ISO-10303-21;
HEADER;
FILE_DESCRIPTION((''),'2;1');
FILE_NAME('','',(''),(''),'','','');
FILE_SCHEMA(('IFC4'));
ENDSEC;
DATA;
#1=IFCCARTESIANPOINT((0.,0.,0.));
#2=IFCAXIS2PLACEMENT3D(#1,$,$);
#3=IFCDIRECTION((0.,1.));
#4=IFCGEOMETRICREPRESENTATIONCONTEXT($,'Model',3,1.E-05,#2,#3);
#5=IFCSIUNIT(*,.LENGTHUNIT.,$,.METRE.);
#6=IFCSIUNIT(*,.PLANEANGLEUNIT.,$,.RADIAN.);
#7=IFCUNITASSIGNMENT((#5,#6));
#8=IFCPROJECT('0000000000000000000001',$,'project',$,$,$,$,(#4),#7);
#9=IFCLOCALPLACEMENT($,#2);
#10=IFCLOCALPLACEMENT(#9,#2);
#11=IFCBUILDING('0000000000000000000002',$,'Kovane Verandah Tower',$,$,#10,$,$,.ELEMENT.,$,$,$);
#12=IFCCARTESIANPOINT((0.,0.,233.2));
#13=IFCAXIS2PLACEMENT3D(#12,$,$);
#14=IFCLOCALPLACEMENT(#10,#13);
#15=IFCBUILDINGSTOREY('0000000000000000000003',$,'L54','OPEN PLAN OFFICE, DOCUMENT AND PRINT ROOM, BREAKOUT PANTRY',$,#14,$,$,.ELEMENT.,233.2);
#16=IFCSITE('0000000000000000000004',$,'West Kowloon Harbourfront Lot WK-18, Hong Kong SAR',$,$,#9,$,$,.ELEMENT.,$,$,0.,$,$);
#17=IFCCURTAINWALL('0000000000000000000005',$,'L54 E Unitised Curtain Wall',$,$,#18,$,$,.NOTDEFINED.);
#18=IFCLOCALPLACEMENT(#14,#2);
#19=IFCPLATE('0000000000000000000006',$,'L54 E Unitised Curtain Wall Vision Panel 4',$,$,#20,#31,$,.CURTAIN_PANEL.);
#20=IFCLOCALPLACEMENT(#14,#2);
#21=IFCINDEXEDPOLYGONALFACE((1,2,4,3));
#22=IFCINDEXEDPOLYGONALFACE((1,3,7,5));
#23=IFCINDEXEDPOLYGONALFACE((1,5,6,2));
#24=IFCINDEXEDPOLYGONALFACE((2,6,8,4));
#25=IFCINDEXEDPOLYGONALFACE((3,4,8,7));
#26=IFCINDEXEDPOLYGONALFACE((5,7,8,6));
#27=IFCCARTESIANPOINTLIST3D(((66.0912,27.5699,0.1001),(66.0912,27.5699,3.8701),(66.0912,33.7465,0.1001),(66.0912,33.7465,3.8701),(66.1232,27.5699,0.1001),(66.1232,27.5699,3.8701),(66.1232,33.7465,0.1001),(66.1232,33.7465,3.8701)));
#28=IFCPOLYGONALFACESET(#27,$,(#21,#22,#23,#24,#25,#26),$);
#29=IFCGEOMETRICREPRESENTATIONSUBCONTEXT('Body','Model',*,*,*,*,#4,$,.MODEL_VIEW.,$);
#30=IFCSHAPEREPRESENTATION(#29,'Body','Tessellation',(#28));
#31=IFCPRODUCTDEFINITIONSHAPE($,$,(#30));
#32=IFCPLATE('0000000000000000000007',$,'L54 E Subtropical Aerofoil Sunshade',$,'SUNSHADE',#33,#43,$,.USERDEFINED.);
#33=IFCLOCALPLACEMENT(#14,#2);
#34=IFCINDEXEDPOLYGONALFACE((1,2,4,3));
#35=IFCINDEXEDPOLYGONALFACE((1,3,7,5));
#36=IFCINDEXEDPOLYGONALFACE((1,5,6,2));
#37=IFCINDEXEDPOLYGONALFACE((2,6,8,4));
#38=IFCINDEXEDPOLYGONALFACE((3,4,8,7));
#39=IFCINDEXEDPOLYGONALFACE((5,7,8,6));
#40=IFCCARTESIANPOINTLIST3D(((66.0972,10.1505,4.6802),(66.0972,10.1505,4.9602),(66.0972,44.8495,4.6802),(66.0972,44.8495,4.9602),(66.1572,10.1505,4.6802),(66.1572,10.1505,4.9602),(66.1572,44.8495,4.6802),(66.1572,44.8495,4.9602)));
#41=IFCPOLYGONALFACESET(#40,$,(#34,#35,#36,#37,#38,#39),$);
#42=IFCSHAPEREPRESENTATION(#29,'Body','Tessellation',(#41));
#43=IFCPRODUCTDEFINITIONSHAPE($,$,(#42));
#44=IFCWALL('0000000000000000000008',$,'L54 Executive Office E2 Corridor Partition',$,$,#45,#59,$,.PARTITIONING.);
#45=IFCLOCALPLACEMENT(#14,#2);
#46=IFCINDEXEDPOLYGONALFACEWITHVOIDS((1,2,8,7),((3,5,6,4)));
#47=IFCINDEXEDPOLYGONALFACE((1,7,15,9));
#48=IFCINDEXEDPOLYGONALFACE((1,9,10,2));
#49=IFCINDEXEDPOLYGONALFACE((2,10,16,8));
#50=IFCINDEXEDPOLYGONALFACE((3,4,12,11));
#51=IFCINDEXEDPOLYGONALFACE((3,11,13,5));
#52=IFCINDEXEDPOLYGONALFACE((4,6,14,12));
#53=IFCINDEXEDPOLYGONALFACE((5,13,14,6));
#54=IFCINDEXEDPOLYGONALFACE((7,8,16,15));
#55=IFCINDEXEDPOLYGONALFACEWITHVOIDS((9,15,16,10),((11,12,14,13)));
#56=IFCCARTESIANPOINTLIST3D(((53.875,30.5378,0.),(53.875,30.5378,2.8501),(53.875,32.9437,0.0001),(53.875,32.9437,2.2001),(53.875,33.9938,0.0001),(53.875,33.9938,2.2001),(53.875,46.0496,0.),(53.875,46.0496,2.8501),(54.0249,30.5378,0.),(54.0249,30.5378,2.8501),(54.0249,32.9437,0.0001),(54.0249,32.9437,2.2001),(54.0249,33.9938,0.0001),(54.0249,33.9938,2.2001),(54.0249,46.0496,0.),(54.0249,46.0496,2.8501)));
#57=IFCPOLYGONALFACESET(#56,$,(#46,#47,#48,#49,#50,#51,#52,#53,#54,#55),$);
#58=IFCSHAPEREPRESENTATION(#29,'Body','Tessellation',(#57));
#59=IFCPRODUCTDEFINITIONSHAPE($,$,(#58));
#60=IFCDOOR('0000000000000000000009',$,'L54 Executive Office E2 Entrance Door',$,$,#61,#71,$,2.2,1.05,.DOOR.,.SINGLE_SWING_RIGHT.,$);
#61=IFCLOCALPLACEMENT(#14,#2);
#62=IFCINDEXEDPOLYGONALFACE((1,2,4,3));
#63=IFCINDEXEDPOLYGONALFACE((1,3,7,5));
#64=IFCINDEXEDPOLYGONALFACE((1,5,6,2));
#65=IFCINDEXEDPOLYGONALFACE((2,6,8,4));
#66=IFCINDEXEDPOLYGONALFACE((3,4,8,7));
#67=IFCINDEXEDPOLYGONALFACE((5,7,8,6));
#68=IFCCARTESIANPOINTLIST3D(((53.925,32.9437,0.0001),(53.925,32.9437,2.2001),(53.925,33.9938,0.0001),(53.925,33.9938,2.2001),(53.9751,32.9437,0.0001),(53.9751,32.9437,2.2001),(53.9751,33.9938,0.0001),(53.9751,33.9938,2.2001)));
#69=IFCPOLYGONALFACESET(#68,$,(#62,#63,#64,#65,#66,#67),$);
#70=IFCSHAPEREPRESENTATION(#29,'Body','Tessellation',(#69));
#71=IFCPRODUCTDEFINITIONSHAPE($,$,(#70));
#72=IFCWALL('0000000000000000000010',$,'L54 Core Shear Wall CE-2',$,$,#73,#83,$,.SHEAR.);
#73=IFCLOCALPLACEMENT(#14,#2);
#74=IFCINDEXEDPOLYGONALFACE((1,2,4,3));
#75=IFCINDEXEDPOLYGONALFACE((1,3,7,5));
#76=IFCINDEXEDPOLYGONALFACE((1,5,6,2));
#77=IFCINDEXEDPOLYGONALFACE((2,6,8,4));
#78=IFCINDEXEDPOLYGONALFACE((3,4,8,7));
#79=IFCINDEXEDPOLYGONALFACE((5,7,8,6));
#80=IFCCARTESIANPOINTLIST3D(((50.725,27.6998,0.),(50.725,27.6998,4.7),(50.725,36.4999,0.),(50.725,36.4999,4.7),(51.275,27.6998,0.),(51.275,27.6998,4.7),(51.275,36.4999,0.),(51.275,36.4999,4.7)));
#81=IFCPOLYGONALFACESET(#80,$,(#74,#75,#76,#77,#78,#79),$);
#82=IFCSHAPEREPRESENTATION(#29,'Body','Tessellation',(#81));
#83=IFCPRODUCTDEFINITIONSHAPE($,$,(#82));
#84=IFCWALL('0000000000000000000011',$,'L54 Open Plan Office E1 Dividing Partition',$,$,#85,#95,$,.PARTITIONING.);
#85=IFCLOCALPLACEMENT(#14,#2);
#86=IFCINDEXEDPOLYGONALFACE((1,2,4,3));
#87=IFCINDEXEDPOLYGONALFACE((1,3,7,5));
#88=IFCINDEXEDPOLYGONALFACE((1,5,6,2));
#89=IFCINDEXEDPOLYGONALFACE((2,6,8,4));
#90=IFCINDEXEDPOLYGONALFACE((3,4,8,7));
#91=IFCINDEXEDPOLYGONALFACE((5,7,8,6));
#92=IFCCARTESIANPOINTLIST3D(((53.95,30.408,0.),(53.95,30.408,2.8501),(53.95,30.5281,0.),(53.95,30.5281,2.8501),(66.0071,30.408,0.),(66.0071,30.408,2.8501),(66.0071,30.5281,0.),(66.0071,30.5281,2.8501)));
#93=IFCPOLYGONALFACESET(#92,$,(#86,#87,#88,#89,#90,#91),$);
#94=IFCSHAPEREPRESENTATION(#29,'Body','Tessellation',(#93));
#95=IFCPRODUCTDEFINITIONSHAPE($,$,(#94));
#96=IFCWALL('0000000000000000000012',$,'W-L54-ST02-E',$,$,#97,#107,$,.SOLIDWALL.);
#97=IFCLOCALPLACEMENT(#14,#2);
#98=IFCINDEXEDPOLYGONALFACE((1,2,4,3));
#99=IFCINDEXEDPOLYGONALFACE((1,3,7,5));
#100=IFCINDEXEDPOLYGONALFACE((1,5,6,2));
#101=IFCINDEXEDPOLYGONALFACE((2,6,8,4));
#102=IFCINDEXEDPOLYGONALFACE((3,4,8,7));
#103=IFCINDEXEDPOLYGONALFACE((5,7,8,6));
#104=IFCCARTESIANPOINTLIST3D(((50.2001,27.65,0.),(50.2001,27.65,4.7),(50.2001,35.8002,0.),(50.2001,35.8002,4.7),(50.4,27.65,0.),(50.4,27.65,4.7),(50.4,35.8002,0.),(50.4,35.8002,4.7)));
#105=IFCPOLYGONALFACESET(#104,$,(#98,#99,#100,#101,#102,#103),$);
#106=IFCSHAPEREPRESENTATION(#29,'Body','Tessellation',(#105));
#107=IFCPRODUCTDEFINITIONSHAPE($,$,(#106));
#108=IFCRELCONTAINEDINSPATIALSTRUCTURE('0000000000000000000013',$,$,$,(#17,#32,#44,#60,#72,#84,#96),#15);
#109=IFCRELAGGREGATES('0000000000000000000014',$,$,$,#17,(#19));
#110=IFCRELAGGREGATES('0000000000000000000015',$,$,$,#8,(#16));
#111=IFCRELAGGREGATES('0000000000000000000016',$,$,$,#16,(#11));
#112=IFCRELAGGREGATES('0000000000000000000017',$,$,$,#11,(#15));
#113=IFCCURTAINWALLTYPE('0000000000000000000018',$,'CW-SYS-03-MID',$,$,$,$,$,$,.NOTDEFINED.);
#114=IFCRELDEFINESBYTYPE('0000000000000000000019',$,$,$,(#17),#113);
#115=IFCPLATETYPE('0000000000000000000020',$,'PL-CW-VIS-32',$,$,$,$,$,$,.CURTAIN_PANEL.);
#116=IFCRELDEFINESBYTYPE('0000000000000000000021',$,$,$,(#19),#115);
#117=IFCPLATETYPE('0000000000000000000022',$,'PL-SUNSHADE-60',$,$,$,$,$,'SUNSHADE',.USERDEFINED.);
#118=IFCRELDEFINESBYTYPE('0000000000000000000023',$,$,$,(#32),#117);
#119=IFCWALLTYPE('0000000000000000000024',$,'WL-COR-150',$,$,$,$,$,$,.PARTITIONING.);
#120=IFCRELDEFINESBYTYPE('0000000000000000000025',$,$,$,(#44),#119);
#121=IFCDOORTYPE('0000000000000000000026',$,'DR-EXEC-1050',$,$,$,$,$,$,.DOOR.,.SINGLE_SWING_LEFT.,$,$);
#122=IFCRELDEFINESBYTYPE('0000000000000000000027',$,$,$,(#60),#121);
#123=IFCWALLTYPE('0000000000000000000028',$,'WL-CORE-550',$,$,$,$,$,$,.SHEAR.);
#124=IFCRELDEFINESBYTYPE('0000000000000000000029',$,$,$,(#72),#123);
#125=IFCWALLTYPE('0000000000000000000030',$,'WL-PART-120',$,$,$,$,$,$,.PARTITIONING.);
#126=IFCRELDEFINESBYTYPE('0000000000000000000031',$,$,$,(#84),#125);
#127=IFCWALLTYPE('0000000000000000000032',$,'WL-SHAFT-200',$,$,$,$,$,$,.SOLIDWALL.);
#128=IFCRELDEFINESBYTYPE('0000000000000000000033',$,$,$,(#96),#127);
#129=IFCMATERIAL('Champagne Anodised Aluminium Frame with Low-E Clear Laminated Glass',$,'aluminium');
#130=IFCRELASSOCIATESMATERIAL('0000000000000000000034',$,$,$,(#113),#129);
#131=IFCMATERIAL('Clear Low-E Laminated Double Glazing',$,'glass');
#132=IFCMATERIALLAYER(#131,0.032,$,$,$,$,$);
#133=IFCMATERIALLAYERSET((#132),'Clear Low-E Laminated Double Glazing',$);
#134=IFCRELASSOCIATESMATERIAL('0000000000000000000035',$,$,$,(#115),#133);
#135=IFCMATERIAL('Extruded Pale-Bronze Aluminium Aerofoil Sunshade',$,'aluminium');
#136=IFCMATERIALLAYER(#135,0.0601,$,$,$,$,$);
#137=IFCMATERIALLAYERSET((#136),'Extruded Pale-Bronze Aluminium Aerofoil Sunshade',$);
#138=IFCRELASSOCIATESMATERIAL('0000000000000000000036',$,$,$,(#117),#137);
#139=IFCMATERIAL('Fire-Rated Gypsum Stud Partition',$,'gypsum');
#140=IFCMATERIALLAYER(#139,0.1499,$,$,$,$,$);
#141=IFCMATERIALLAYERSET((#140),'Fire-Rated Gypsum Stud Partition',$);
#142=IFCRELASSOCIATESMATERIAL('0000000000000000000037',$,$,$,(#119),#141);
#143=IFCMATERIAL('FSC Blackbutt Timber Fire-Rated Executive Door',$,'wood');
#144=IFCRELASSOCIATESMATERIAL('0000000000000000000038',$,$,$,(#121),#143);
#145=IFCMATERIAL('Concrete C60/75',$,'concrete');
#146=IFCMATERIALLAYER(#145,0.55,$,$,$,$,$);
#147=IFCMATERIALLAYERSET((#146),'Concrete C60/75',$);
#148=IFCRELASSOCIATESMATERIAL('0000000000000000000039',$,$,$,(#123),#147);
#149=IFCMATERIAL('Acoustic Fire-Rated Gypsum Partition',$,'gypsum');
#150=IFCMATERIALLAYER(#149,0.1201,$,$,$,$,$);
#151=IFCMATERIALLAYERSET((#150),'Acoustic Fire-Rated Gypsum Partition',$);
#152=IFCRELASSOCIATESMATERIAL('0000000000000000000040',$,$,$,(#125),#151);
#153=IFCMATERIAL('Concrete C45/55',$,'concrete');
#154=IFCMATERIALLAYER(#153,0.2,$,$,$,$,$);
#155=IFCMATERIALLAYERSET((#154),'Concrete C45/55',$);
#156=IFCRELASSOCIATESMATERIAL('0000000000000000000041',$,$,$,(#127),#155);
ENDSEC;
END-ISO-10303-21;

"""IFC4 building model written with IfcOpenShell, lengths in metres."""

from ifc_helpers import new_model, si_unit, direction, frame, frame_2d, origin, origin_2d, place, context, subcontext, project, spatial, rectangle, extrude, material, layer, layer_set, type_object, element, fill, aggregate, save


model = new_model("IFC4")

# Units and contexts
model_context = context("Model", 3, precision=1e-05, world=origin(), true_north=direction((0.0, 1.0)))
body_context = subcontext(model_context, "Body", "Model", "MODEL_VIEW")
ifc_project = project(units=[si_unit("LENGTHUNIT", "METRE"), si_unit("PLANEANGLEUNIT", "RADIAN")], contexts=[model_context])

# Site, building, storey
site_placement = place(None, origin())
site = spatial("IfcSite", under=ifc_project, at=site_placement, Name="West Kowloon Harbourfront Lot WK-18, Hong Kong SAR", CompositionType="ELEMENT", RefElevation=0.0)
building_placement = place(site_placement, origin())
building = spatial("IfcBuilding", under=site, at=building_placement, Name="Kovane Verandah Tower", CompositionType="ELEMENT")
storey_placement = place(building_placement, frame((0.0, 0.0, 233.2)))
storey = spatial("IfcBuildingStorey", under=building, at=storey_placement, Name="L54", Description="OPEN PLAN OFFICE, DOCUMENT AND PRINT ROOM, BREAKOUT PANTRY", CompositionType="ELEMENT", Elevation=233.2)

# Shared definitions
ifc_material_1 = material(Name="Concrete C60/75", Category="concrete")

# Curtain wall
ifc_material_2 = material(Name="Champagne Anodised Aluminium Frame with Low-E Clear Laminated Glass", Category="aluminium")
curtain_wall_type = type_object("IfcCurtainWallType", Name="CW-SYS-03-MID", PredefinedType="NOTDEFINED", material=ifc_material_2)
curtain_wall_placement = place(storey_placement, origin())
curtain_wall = element("IfcCurtainWall", 1, at=curtain_wall_placement, inside=storey, type_object=curtain_wall_type, Name="L54 E Unitised Curtain Wall", PredefinedType="NOTDEFINED")

# Plates
ifc_material_3 = material(Name="Clear Low-E Laminated Double Glazing", Category="glass")
ifc_layer_1 = layer(ifc_material_3, 0.032)
ifc_layer_set_1 = layer_set([ifc_layer_1], Name="Clear Low-E Laminated Double Glazing")
plate_type_1 = type_object("IfcPlateType", Name="PL-CW-VIS-32", PredefinedType="CURTAIN_PANEL", material=ifc_layer_set_1)
plate_1_placement = place(storey_placement, frame((66.1072, 30.6582, 0.1001), z_axis=(0.0, 0.0, 1.0), x_axis=(0.0, 1.0, 0.0)))
plate_1 = element("IfcPlate", 2, at=plate_1_placement, type_object=plate_type_1, Name="L54 E Unitised Curtain Wall Vision Panel 4", PredefinedType="CURTAIN_PANEL", context=body_context, shape_type="SweptSolid", body=[
    extrude(rectangle(XDim=6.1765, YDim=0.032, at=origin_2d()), origin(), (0.0, 0.0, 1.0), 3.77),
])
aggregate(curtain_wall, [plate_1])
ifc_material_4 = material(Name="Extruded Pale-Bronze Aluminium Aerofoil Sunshade", Category="aluminium")
ifc_layer_2 = layer(ifc_material_4, 0.0601)
ifc_layer_set_2 = layer_set([ifc_layer_2], Name="Extruded Pale-Bronze Aluminium Aerofoil Sunshade")
plate_type_2 = type_object("IfcPlateType", Name="PL-SUNSHADE-60", ElementType="SUNSHADE", PredefinedType="USERDEFINED", material=ifc_layer_set_2)
plate_2_placement = place(storey_placement, frame((66.1272, 27.5, 4.6802), z_axis=(0.0, 0.0, 1.0), x_axis=(0.0, 1.0, 0.0)))
element("IfcPlate", 3, at=plate_2_placement, inside=storey, type_object=plate_type_2, Name="L54 E Subtropical Aerofoil Sunshade", ObjectType="SUNSHADE", PredefinedType="USERDEFINED", context=body_context, shape_type="SweptSolid", body=[
    extrude(rectangle(XDim=34.699, YDim=0.0601, at=origin_2d()), origin(), (0.0, 0.0, 1.0), 0.28),
])

# Wall, opening, door
ifc_material_5 = material(Name="Fire-Rated Gypsum Stud Partition", Category="gypsum")
ifc_layer_3 = layer(ifc_material_5, 0.1499)
ifc_layer_set_3 = layer_set([ifc_layer_3], Name="Fire-Rated Gypsum Stud Partition")
wall_type_1 = type_object("IfcWallType", Name="WL-COR-150", PredefinedType="PARTITIONING", material=ifc_layer_set_3)
wall_1_placement = place(storey_placement, frame((53.95, 30.5378, 0.0), z_axis=(0.0, 0.0, 1.0), x_axis=(0.0, 1.0, 0.0)))
wall_1 = element("IfcWall", 4, at=wall_1_placement, inside=storey, type_object=wall_type_1, Name="L54 Executive Office E2 Corridor Partition", PredefinedType="PARTITIONING", context=body_context, shape_type="SweptSolid", body=[
    extrude(rectangle(XDim=15.5117, YDim=0.1499, at=frame_2d((7.7559, 0.0))), origin(), (0.0, 0.0, 1.0), 2.8501),
])
opening_placement = place(wall_1_placement, frame((2.406, 0.0, 0.0)))
opening = element("IfcOpeningElement", 5, at=opening_placement, cuts=wall_1, PredefinedType="OPENING", context=body_context, shape_type="SweptSolid", body=[
    extrude(rectangle(XDim=1.05, YDim=2.2, at=frame_2d((0.5249, 1.1001))), frame((0.0, 0.075, 0.0), z_axis=(0.0, -1.0, 0.0), x_axis=(1.0, 0.0, 0.0)), (0.0, 0.0, 1.0), 0.1499),
])
ifc_material_6 = material(Name="FSC Blackbutt Timber Fire-Rated Executive Door", Category="wood")
door_type = type_object("IfcDoorType", Name="DR-EXEC-1050", OperationType="SINGLE_SWING_LEFT", PredefinedType="DOOR", material=ifc_material_6)
door_placement = place(opening_placement, origin())
door = element("IfcDoor", 6, at=door_placement, inside=storey, type_object=door_type, Name="L54 Executive Office E2 Entrance Door", OperationType="SINGLE_SWING_RIGHT", OverallHeight=2.2, OverallWidth=1.05, PredefinedType="DOOR", context=body_context, shape_type="SweptSolid", body=[
    extrude(rectangle(XDim=1.05, YDim=2.2, at=frame_2d((0.5249, 1.1001))), frame((0.0, 0.0249, 0.0), z_axis=(0.0, -1.0, 0.0), x_axis=(1.0, 0.0, 0.0)), (0.0, 0.0, 1.0), 0.05),
])
fill(opening, door)

# Walls
ifc_layer_4 = layer(ifc_material_1, 0.55)
ifc_layer_set_4 = layer_set([ifc_layer_4], Name="Concrete C60/75")
wall_type_2 = type_object("IfcWallType", Name="WL-CORE-550", PredefinedType="SHEAR", material=ifc_layer_set_4)
wall_2_placement = place(storey_placement, frame((51.0, 27.7, 0.0), z_axis=(0.0, 0.0, 1.0), x_axis=(0.0, 1.0, 0.0)))
element("IfcWall", 7, at=wall_2_placement, inside=storey, type_object=wall_type_2, Name="L54 Core Shear Wall CE-2", PredefinedType="SHEAR", context=body_context, shape_type="SweptSolid", body=[
    extrude(rectangle(XDim=8.8, YDim=0.55, at=frame_2d((4.3999, 0.0))), origin(), (0.0, 0.0, 1.0), 4.7),
])
ifc_material_7 = material(Name="Acoustic Fire-Rated Gypsum Partition", Category="gypsum")
ifc_layer_5 = layer(ifc_material_7, 0.1201)
ifc_layer_set_5 = layer_set([ifc_layer_5], Name="Acoustic Fire-Rated Gypsum Partition")
wall_type_3 = type_object("IfcWallType", Name="WL-PART-120", PredefinedType="PARTITIONING", material=ifc_layer_set_5)
wall_3_placement = place(storey_placement, frame((53.95, 30.468, 0.0), z_axis=(0.0, 0.0, 1.0), x_axis=(1.0, 0.0, 0.0)))
element("IfcWall", 8, at=wall_3_placement, inside=storey, type_object=wall_type_3, Name="L54 Open Plan Office E1 Dividing Partition", PredefinedType="PARTITIONING", context=body_context, shape_type="SweptSolid", body=[
    extrude(rectangle(XDim=12.0571, YDim=0.1201, at=frame_2d((6.0286, 0.0))), origin(), (0.0, 0.0, 1.0), 2.8501),
])
ifc_material_8 = material(Name="Concrete C45/55", Category="concrete")
ifc_layer_6 = layer(ifc_material_8, 0.2)
ifc_layer_set_6 = layer_set([ifc_layer_6], Name="Concrete C45/55")
wall_type_4 = type_object("IfcWallType", Name="WL-SHAFT-200", PredefinedType="SOLIDWALL", material=ifc_layer_set_6)
wall_4_placement = place(storey_placement, frame((50.3, 27.6499, 0.0), z_axis=(0.0, 0.0, 1.0), x_axis=(0.0, 1.0, 0.0)))
element("IfcWall", 9, at=wall_4_placement, inside=storey, type_object=wall_type_4, Name="W-L54-ST02-E", PredefinedType="SOLIDWALL", context=body_context, shape_type="SweptSolid", body=[
    extrude(rectangle(XDim=8.1501, YDim=0.2, at=frame_2d((4.0752, 0.0))), origin(), (0.0, 0.0, 1.0), 4.7),
])

save(model, "model.ifc")
